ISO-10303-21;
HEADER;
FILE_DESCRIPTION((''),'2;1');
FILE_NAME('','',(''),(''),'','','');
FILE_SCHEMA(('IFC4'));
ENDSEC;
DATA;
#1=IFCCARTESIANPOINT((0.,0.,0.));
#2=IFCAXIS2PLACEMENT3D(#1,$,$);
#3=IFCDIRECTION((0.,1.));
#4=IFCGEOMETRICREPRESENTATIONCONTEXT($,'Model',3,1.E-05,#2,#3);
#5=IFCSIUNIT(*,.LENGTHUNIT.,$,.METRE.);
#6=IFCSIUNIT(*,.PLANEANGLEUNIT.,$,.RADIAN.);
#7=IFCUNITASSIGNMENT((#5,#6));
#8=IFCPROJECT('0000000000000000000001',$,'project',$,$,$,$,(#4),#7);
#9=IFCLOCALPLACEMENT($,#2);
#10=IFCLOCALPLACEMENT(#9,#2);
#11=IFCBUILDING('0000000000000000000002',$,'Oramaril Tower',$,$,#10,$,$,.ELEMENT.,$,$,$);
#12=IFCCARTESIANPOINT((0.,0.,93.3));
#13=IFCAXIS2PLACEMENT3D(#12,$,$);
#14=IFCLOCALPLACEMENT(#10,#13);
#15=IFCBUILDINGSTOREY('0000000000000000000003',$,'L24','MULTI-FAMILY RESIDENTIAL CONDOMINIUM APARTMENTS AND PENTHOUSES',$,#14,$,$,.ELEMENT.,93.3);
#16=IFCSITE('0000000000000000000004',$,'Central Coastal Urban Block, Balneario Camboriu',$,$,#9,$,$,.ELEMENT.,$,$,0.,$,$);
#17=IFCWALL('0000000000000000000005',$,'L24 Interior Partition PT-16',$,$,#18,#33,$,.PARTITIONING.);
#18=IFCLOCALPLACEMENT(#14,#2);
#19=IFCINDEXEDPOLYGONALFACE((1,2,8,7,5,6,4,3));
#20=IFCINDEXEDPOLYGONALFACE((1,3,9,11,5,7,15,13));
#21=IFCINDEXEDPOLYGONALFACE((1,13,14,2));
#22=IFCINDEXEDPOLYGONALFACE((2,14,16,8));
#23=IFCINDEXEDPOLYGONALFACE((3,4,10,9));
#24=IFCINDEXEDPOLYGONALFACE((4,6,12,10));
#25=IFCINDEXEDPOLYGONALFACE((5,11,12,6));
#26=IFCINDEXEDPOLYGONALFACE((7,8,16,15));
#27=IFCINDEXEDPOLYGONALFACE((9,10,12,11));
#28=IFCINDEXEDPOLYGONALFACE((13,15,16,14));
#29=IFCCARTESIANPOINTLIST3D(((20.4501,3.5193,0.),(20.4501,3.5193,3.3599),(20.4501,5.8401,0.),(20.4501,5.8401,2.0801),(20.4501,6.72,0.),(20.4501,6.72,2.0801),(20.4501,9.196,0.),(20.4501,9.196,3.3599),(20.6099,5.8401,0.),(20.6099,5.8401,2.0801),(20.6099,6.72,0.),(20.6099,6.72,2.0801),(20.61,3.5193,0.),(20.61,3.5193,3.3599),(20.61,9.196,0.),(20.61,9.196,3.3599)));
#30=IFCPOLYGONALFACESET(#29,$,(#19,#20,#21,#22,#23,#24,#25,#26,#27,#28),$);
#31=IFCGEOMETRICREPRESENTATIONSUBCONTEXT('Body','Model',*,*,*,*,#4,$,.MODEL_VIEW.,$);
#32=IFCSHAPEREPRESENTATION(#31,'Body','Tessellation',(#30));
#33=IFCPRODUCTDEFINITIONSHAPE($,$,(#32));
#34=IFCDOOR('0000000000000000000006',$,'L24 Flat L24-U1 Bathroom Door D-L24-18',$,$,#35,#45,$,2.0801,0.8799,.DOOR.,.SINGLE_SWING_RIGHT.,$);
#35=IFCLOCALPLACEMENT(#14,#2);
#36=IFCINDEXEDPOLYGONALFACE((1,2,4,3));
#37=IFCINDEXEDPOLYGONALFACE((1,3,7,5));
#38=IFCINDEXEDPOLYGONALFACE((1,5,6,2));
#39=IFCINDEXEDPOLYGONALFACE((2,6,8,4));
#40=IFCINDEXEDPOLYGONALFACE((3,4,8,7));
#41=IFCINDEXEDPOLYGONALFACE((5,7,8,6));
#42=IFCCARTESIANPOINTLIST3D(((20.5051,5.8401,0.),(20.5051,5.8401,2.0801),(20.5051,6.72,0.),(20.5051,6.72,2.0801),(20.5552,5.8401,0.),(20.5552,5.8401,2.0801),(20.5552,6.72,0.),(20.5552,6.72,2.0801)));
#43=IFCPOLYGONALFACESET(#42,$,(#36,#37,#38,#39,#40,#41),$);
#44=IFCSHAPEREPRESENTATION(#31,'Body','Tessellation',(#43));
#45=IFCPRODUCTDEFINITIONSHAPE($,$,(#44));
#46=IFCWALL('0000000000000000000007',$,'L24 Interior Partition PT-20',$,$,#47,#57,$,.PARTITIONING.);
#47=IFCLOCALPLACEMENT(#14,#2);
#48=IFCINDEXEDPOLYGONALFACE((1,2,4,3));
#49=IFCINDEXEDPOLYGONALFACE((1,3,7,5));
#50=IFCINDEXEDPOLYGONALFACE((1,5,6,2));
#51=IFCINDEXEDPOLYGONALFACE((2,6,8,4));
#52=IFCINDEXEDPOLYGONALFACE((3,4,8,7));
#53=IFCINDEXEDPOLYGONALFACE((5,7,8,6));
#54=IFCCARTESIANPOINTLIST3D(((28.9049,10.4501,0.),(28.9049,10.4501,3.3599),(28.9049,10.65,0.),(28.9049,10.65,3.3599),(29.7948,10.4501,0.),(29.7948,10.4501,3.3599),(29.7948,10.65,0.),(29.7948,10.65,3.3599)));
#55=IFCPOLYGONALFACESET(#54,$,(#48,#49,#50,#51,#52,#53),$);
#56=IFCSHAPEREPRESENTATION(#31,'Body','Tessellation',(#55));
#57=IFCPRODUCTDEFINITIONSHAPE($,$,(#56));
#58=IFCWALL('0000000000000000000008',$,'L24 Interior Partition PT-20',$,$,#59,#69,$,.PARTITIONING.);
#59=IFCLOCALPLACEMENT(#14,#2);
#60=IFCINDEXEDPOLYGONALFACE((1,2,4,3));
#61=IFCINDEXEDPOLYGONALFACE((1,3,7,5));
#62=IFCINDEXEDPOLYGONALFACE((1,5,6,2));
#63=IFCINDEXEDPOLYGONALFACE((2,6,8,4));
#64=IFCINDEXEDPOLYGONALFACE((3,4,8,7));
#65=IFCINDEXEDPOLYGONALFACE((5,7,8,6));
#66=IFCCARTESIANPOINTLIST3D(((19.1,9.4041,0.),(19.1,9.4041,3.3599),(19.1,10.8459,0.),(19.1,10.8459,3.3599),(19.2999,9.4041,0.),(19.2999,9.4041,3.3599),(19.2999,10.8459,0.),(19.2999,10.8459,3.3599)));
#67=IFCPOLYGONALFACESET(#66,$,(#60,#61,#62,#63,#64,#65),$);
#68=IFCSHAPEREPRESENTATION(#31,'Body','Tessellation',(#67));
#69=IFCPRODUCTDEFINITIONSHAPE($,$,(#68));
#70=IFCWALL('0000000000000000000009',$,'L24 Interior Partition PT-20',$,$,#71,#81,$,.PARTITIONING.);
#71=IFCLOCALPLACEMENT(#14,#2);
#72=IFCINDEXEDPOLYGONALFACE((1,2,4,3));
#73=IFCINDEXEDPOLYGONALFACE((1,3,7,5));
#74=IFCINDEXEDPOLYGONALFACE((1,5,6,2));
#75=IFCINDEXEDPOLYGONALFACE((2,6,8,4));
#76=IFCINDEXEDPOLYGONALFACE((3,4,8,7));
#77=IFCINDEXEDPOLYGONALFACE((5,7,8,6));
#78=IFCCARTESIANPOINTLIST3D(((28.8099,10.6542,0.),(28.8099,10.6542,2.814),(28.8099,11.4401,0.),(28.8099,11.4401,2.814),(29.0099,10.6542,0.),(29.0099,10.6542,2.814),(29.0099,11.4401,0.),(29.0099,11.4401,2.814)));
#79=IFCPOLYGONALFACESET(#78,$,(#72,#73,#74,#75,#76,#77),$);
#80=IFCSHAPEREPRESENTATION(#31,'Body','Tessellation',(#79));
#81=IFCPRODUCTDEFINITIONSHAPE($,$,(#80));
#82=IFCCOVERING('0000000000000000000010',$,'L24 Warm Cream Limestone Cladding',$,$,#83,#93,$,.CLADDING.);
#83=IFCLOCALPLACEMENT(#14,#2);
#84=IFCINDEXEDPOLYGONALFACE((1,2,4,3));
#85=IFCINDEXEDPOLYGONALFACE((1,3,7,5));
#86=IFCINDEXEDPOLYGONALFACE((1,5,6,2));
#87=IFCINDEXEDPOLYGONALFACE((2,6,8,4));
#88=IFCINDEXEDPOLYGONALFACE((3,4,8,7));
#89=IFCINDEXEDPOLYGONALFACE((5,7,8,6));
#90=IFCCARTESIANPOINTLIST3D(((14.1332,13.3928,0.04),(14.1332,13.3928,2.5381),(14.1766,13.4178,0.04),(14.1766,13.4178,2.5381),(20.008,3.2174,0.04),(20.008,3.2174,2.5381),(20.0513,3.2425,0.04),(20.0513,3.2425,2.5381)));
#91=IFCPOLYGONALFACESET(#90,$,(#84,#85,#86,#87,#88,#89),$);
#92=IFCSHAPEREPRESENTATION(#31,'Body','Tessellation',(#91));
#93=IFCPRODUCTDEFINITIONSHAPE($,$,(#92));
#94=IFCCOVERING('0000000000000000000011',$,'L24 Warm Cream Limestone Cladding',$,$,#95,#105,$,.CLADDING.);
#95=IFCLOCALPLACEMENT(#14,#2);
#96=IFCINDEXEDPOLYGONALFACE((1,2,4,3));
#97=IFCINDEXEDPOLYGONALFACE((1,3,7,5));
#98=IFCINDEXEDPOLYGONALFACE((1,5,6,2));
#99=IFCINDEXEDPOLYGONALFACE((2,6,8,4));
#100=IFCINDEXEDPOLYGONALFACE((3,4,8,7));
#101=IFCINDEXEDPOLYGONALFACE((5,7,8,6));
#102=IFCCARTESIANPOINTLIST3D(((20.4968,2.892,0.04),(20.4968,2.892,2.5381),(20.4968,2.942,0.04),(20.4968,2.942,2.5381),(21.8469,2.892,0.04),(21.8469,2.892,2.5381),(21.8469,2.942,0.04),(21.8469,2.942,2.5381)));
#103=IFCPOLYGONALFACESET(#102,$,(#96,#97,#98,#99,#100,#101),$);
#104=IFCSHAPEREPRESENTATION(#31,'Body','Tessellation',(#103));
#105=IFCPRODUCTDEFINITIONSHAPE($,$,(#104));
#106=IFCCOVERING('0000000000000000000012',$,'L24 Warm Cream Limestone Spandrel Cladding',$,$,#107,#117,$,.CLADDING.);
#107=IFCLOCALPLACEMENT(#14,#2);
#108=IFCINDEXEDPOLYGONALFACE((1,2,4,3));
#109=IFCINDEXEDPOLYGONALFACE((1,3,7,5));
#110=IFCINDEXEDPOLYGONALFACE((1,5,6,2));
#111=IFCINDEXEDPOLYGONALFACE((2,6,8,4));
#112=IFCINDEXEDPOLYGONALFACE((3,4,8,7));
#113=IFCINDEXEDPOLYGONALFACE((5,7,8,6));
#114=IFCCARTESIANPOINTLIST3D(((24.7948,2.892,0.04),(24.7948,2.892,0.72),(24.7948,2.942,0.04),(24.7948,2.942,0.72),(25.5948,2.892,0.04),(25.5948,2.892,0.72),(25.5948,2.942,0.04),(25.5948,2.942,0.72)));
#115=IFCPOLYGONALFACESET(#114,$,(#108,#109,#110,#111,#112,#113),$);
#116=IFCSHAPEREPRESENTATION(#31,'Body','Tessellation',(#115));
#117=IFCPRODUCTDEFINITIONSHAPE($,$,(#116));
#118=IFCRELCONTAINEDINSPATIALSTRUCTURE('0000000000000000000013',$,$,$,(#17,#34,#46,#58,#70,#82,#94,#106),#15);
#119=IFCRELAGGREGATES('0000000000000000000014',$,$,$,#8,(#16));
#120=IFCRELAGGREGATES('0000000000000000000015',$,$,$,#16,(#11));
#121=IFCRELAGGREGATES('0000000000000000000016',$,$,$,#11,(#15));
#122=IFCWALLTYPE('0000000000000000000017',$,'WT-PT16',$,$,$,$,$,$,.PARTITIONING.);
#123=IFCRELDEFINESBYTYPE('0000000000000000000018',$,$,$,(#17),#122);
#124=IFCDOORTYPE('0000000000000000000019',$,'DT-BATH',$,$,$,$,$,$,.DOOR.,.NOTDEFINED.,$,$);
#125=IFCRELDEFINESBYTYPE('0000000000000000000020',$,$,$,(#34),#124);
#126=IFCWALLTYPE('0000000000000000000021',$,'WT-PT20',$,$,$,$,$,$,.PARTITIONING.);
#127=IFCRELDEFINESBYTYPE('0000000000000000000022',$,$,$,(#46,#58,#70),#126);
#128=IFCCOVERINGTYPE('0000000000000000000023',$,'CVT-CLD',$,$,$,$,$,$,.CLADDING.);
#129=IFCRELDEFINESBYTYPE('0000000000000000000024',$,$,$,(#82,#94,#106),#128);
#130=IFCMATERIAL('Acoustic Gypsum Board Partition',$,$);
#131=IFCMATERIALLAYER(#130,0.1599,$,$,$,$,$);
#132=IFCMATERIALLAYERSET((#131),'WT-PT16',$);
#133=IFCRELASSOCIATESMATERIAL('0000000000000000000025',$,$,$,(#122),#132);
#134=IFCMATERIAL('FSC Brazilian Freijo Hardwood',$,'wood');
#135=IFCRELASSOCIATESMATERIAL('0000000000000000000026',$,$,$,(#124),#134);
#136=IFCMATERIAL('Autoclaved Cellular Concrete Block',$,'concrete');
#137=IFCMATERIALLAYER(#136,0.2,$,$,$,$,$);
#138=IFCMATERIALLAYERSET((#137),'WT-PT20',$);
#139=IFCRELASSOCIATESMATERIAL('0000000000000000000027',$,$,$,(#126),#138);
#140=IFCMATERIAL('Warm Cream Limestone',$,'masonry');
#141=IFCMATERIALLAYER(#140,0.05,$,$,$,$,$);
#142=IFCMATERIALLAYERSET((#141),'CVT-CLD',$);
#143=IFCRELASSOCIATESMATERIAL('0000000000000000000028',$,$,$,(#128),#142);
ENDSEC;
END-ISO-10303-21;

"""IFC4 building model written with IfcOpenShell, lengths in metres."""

from ifc_helpers import new_model, si_unit, direction, frame, frame_2d, origin, origin_2d, place, context, subcontext, project, spatial, rectangle, extrude, material, layer, layer_set, type_object, element, fill, save


model = new_model("IFC4")

# Units and contexts
model_context = context("Model", 3, precision=1e-05, world=origin(), true_north=direction((0.0, 1.0)))
body_context = subcontext(model_context, "Body", "Model", "MODEL_VIEW")
ifc_project = project(units=[si_unit("LENGTHUNIT", "METRE"), si_unit("PLANEANGLEUNIT", "RADIAN")], contexts=[model_context])

# Site, building, storey
site_placement = place(None, origin())
site = spatial("IfcSite", under=ifc_project, at=site_placement, Name="Central Coastal Urban Block, Balneario Camboriu", CompositionType="ELEMENT", RefElevation=0.0)
building_placement = place(site_placement, origin())
building = spatial("IfcBuilding", under=site, at=building_placement, Name="Oramaril Tower", CompositionType="ELEMENT")
storey_placement = place(building_placement, frame((0.0, 0.0, 93.3)))
storey = spatial("IfcBuildingStorey", under=building, at=storey_placement, Name="L24", Description="MULTI-FAMILY RESIDENTIAL CONDOMINIUM APARTMENTS AND PENTHOUSES", CompositionType="ELEMENT", Elevation=93.3)

# Wall, opening, door
ifc_material_1 = material(Name="Acoustic Gypsum Board Partition")
ifc_layer_1 = layer(ifc_material_1, 0.1599)
ifc_layer_set_1 = layer_set([ifc_layer_1], Name="WT-PT16")
wall_type_1 = type_object("IfcWallType", Name="WT-PT16", PredefinedType="PARTITIONING", material=ifc_layer_set_1)
wall_1_placement = place(storey_placement, frame((20.53, 3.5193, 0.0), z_axis=(0.0, 0.0, 1.0), x_axis=(0.0, 1.0, 0.0)))
wall_1 = element("IfcWall", 1, at=wall_1_placement, inside=storey, type_object=wall_type_1, Name="L24 Interior Partition PT-16", PredefinedType="PARTITIONING", context=body_context, shape_type="SweptSolid", body=[
    extrude(rectangle(XDim=5.6768, YDim=0.1599, at=frame_2d((2.8384, 0.0))), origin(), (0.0, 0.0, 1.0), 3.3599),
])
opening_1_placement = place(wall_1_placement, frame((2.3208, 0.0, 0.0)))
opening_1 = element("IfcOpeningElement", 2, at=opening_1_placement, cuts=wall_1, PredefinedType="OPENING", context=body_context, shape_type="SweptSolid", body=[
    extrude(rectangle(XDim=0.8799, YDim=2.0801, at=frame_2d((0.4399, 1.04))), frame((0.0, 0.0801, 0.0), z_axis=(0.0, -1.0, 0.0), x_axis=(1.0, 0.0, 0.0)), (0.0, 0.0, 1.0), 0.1599),
])
ifc_material_2 = material(Name="FSC Brazilian Freijo Hardwood", Category="wood")
door_type_1 = type_object("IfcDoorType", Name="DT-BATH", OperationType="NOTDEFINED", PredefinedType="DOOR", material=ifc_material_2)
door_1_placement = place(opening_1_placement, origin())
door_1 = element("IfcDoor", 3, at=door_1_placement, inside=storey, type_object=door_type_1, Name="L24 Flat L24-U1 Bathroom Door D-L24-18", OperationType="SINGLE_SWING_RIGHT", OverallHeight=2.0801, OverallWidth=0.8799, PredefinedType="DOOR", context=body_context, shape_type="SweptSolid", body=[
    extrude(rectangle(XDim=0.8799, YDim=2.0801, at=frame_2d((0.4399, 1.04))), frame((0.0, 0.0249, 0.0), z_axis=(0.0, -1.0, 0.0), x_axis=(1.0, 0.0, 0.0)), (0.0, 0.0, 1.0), 0.05),
])
fill(opening_1, door_1)

# Shared definitions
ifc_material_3 = material(Name="Autoclaved Cellular Concrete Block", Category="concrete")
ifc_layer_2 = layer(ifc_material_3, 0.2)
ifc_layer_set_2 = layer_set([ifc_layer_2], Name="WT-PT20")
wall_type_2 = type_object("IfcWallType", Name="WT-PT20", PredefinedType="PARTITIONING", material=ifc_layer_set_2)

# Walls
wall_2_placement = place(storey_placement, frame((28.905, 10.55, 0.0), z_axis=(0.0, 0.0, 1.0), x_axis=(1.0, 0.0, 0.0)))
element("IfcWall", 4, at=wall_2_placement, inside=storey, type_object=wall_type_2, Name="L24 Interior Partition PT-20", PredefinedType="PARTITIONING", context=body_context, shape_type="SweptSolid", body=[
    extrude(rectangle(XDim=0.8899, YDim=0.2, at=frame_2d((0.4448, 0.0))), origin(), (0.0, 0.0, 1.0), 3.3599),
])
wall_3_placement = place(storey_placement, frame((19.2, 9.4041, 0.0), z_axis=(0.0, 0.0, 1.0), x_axis=(0.0, 1.0, 0.0)))
element("IfcWall", 5, at=wall_3_placement, inside=storey, type_object=wall_type_2, Name="L24 Interior Partition PT-20", PredefinedType="PARTITIONING", context=body_context, shape_type="SweptSolid", body=[
    extrude(rectangle(XDim=1.4419, YDim=0.2, at=frame_2d((0.7209, 0.0))), origin(), (0.0, 0.0, 1.0), 3.3599),
])
wall_4_placement = place(storey_placement, frame((28.9099, 10.6541, 0.0), z_axis=(0.0, 0.0, 1.0), x_axis=(0.0, 1.0, 0.0)))
element("IfcWall", 6, at=wall_4_placement, inside=storey, type_object=wall_type_2, Name="L24 Interior Partition PT-20", PredefinedType="PARTITIONING", context=body_context, shape_type="SweptSolid", body=[
    extrude(rectangle(XDim=0.7859, YDim=0.2, at=frame_2d((0.3931, 0.0))), origin(), (0.0, 0.0, 1.0), 2.814),
])

# Coverings
ifc_material_4 = material(Name="Warm Cream Limestone", Category="masonry")
ifc_layer_3 = layer(ifc_material_4, 0.05)
ifc_layer_set_3 = layer_set([ifc_layer_3], Name="CVT-CLD")
covering_type = type_object("IfcCoveringType", Name="CVT-CLD", PredefinedType="CLADDING", material=ifc_layer_set_3)
covering_1_placement = place(storey_placement, frame((17.0923, 8.3176, 0.04), z_axis=(0.0, 0.0, 1.0), x_axis=(0.5, -0.866025, 0.0)))
element("IfcCovering", 7, at=covering_1_placement, inside=storey, type_object=covering_type, Name="L24 Warm Cream Limestone Cladding", PredefinedType="CLADDING", context=body_context, shape_type="SweptSolid", body=[
    extrude(rectangle(XDim=11.7495, YDim=0.05, at=origin_2d()), origin(), (0.0, 0.0, 1.0), 2.498),
])
covering_2_placement = place(storey_placement, frame((21.1719, 2.917, 0.04), z_axis=(0.0, 0.0, 1.0), x_axis=(1.0, 0.0, 0.0)))
element("IfcCovering", 8, at=covering_2_placement, inside=storey, type_object=covering_type, Name="L24 Warm Cream Limestone Cladding", PredefinedType="CLADDING", context=body_context, shape_type="SweptSolid", body=[
    extrude(rectangle(XDim=1.3501, YDim=0.05, at=origin_2d()), origin(), (0.0, 0.0, 1.0), 2.498),
])
covering_3_placement = place(storey_placement, frame((25.1948, 2.917, 0.04), z_axis=(0.0, 0.0, 1.0), x_axis=(1.0, 0.0, 0.0)))
element("IfcCovering", 9, at=covering_3_placement, inside=storey, type_object=covering_type, Name="L24 Warm Cream Limestone Spandrel Cladding", PredefinedType="CLADDING", context=body_context, shape_type="SweptSolid", body=[
    extrude(rectangle(XDim=0.8, YDim=0.05, at=origin_2d()), origin(), (0.0, 0.0, 1.0), 0.6799),
])

save(model, "model.ifc")
